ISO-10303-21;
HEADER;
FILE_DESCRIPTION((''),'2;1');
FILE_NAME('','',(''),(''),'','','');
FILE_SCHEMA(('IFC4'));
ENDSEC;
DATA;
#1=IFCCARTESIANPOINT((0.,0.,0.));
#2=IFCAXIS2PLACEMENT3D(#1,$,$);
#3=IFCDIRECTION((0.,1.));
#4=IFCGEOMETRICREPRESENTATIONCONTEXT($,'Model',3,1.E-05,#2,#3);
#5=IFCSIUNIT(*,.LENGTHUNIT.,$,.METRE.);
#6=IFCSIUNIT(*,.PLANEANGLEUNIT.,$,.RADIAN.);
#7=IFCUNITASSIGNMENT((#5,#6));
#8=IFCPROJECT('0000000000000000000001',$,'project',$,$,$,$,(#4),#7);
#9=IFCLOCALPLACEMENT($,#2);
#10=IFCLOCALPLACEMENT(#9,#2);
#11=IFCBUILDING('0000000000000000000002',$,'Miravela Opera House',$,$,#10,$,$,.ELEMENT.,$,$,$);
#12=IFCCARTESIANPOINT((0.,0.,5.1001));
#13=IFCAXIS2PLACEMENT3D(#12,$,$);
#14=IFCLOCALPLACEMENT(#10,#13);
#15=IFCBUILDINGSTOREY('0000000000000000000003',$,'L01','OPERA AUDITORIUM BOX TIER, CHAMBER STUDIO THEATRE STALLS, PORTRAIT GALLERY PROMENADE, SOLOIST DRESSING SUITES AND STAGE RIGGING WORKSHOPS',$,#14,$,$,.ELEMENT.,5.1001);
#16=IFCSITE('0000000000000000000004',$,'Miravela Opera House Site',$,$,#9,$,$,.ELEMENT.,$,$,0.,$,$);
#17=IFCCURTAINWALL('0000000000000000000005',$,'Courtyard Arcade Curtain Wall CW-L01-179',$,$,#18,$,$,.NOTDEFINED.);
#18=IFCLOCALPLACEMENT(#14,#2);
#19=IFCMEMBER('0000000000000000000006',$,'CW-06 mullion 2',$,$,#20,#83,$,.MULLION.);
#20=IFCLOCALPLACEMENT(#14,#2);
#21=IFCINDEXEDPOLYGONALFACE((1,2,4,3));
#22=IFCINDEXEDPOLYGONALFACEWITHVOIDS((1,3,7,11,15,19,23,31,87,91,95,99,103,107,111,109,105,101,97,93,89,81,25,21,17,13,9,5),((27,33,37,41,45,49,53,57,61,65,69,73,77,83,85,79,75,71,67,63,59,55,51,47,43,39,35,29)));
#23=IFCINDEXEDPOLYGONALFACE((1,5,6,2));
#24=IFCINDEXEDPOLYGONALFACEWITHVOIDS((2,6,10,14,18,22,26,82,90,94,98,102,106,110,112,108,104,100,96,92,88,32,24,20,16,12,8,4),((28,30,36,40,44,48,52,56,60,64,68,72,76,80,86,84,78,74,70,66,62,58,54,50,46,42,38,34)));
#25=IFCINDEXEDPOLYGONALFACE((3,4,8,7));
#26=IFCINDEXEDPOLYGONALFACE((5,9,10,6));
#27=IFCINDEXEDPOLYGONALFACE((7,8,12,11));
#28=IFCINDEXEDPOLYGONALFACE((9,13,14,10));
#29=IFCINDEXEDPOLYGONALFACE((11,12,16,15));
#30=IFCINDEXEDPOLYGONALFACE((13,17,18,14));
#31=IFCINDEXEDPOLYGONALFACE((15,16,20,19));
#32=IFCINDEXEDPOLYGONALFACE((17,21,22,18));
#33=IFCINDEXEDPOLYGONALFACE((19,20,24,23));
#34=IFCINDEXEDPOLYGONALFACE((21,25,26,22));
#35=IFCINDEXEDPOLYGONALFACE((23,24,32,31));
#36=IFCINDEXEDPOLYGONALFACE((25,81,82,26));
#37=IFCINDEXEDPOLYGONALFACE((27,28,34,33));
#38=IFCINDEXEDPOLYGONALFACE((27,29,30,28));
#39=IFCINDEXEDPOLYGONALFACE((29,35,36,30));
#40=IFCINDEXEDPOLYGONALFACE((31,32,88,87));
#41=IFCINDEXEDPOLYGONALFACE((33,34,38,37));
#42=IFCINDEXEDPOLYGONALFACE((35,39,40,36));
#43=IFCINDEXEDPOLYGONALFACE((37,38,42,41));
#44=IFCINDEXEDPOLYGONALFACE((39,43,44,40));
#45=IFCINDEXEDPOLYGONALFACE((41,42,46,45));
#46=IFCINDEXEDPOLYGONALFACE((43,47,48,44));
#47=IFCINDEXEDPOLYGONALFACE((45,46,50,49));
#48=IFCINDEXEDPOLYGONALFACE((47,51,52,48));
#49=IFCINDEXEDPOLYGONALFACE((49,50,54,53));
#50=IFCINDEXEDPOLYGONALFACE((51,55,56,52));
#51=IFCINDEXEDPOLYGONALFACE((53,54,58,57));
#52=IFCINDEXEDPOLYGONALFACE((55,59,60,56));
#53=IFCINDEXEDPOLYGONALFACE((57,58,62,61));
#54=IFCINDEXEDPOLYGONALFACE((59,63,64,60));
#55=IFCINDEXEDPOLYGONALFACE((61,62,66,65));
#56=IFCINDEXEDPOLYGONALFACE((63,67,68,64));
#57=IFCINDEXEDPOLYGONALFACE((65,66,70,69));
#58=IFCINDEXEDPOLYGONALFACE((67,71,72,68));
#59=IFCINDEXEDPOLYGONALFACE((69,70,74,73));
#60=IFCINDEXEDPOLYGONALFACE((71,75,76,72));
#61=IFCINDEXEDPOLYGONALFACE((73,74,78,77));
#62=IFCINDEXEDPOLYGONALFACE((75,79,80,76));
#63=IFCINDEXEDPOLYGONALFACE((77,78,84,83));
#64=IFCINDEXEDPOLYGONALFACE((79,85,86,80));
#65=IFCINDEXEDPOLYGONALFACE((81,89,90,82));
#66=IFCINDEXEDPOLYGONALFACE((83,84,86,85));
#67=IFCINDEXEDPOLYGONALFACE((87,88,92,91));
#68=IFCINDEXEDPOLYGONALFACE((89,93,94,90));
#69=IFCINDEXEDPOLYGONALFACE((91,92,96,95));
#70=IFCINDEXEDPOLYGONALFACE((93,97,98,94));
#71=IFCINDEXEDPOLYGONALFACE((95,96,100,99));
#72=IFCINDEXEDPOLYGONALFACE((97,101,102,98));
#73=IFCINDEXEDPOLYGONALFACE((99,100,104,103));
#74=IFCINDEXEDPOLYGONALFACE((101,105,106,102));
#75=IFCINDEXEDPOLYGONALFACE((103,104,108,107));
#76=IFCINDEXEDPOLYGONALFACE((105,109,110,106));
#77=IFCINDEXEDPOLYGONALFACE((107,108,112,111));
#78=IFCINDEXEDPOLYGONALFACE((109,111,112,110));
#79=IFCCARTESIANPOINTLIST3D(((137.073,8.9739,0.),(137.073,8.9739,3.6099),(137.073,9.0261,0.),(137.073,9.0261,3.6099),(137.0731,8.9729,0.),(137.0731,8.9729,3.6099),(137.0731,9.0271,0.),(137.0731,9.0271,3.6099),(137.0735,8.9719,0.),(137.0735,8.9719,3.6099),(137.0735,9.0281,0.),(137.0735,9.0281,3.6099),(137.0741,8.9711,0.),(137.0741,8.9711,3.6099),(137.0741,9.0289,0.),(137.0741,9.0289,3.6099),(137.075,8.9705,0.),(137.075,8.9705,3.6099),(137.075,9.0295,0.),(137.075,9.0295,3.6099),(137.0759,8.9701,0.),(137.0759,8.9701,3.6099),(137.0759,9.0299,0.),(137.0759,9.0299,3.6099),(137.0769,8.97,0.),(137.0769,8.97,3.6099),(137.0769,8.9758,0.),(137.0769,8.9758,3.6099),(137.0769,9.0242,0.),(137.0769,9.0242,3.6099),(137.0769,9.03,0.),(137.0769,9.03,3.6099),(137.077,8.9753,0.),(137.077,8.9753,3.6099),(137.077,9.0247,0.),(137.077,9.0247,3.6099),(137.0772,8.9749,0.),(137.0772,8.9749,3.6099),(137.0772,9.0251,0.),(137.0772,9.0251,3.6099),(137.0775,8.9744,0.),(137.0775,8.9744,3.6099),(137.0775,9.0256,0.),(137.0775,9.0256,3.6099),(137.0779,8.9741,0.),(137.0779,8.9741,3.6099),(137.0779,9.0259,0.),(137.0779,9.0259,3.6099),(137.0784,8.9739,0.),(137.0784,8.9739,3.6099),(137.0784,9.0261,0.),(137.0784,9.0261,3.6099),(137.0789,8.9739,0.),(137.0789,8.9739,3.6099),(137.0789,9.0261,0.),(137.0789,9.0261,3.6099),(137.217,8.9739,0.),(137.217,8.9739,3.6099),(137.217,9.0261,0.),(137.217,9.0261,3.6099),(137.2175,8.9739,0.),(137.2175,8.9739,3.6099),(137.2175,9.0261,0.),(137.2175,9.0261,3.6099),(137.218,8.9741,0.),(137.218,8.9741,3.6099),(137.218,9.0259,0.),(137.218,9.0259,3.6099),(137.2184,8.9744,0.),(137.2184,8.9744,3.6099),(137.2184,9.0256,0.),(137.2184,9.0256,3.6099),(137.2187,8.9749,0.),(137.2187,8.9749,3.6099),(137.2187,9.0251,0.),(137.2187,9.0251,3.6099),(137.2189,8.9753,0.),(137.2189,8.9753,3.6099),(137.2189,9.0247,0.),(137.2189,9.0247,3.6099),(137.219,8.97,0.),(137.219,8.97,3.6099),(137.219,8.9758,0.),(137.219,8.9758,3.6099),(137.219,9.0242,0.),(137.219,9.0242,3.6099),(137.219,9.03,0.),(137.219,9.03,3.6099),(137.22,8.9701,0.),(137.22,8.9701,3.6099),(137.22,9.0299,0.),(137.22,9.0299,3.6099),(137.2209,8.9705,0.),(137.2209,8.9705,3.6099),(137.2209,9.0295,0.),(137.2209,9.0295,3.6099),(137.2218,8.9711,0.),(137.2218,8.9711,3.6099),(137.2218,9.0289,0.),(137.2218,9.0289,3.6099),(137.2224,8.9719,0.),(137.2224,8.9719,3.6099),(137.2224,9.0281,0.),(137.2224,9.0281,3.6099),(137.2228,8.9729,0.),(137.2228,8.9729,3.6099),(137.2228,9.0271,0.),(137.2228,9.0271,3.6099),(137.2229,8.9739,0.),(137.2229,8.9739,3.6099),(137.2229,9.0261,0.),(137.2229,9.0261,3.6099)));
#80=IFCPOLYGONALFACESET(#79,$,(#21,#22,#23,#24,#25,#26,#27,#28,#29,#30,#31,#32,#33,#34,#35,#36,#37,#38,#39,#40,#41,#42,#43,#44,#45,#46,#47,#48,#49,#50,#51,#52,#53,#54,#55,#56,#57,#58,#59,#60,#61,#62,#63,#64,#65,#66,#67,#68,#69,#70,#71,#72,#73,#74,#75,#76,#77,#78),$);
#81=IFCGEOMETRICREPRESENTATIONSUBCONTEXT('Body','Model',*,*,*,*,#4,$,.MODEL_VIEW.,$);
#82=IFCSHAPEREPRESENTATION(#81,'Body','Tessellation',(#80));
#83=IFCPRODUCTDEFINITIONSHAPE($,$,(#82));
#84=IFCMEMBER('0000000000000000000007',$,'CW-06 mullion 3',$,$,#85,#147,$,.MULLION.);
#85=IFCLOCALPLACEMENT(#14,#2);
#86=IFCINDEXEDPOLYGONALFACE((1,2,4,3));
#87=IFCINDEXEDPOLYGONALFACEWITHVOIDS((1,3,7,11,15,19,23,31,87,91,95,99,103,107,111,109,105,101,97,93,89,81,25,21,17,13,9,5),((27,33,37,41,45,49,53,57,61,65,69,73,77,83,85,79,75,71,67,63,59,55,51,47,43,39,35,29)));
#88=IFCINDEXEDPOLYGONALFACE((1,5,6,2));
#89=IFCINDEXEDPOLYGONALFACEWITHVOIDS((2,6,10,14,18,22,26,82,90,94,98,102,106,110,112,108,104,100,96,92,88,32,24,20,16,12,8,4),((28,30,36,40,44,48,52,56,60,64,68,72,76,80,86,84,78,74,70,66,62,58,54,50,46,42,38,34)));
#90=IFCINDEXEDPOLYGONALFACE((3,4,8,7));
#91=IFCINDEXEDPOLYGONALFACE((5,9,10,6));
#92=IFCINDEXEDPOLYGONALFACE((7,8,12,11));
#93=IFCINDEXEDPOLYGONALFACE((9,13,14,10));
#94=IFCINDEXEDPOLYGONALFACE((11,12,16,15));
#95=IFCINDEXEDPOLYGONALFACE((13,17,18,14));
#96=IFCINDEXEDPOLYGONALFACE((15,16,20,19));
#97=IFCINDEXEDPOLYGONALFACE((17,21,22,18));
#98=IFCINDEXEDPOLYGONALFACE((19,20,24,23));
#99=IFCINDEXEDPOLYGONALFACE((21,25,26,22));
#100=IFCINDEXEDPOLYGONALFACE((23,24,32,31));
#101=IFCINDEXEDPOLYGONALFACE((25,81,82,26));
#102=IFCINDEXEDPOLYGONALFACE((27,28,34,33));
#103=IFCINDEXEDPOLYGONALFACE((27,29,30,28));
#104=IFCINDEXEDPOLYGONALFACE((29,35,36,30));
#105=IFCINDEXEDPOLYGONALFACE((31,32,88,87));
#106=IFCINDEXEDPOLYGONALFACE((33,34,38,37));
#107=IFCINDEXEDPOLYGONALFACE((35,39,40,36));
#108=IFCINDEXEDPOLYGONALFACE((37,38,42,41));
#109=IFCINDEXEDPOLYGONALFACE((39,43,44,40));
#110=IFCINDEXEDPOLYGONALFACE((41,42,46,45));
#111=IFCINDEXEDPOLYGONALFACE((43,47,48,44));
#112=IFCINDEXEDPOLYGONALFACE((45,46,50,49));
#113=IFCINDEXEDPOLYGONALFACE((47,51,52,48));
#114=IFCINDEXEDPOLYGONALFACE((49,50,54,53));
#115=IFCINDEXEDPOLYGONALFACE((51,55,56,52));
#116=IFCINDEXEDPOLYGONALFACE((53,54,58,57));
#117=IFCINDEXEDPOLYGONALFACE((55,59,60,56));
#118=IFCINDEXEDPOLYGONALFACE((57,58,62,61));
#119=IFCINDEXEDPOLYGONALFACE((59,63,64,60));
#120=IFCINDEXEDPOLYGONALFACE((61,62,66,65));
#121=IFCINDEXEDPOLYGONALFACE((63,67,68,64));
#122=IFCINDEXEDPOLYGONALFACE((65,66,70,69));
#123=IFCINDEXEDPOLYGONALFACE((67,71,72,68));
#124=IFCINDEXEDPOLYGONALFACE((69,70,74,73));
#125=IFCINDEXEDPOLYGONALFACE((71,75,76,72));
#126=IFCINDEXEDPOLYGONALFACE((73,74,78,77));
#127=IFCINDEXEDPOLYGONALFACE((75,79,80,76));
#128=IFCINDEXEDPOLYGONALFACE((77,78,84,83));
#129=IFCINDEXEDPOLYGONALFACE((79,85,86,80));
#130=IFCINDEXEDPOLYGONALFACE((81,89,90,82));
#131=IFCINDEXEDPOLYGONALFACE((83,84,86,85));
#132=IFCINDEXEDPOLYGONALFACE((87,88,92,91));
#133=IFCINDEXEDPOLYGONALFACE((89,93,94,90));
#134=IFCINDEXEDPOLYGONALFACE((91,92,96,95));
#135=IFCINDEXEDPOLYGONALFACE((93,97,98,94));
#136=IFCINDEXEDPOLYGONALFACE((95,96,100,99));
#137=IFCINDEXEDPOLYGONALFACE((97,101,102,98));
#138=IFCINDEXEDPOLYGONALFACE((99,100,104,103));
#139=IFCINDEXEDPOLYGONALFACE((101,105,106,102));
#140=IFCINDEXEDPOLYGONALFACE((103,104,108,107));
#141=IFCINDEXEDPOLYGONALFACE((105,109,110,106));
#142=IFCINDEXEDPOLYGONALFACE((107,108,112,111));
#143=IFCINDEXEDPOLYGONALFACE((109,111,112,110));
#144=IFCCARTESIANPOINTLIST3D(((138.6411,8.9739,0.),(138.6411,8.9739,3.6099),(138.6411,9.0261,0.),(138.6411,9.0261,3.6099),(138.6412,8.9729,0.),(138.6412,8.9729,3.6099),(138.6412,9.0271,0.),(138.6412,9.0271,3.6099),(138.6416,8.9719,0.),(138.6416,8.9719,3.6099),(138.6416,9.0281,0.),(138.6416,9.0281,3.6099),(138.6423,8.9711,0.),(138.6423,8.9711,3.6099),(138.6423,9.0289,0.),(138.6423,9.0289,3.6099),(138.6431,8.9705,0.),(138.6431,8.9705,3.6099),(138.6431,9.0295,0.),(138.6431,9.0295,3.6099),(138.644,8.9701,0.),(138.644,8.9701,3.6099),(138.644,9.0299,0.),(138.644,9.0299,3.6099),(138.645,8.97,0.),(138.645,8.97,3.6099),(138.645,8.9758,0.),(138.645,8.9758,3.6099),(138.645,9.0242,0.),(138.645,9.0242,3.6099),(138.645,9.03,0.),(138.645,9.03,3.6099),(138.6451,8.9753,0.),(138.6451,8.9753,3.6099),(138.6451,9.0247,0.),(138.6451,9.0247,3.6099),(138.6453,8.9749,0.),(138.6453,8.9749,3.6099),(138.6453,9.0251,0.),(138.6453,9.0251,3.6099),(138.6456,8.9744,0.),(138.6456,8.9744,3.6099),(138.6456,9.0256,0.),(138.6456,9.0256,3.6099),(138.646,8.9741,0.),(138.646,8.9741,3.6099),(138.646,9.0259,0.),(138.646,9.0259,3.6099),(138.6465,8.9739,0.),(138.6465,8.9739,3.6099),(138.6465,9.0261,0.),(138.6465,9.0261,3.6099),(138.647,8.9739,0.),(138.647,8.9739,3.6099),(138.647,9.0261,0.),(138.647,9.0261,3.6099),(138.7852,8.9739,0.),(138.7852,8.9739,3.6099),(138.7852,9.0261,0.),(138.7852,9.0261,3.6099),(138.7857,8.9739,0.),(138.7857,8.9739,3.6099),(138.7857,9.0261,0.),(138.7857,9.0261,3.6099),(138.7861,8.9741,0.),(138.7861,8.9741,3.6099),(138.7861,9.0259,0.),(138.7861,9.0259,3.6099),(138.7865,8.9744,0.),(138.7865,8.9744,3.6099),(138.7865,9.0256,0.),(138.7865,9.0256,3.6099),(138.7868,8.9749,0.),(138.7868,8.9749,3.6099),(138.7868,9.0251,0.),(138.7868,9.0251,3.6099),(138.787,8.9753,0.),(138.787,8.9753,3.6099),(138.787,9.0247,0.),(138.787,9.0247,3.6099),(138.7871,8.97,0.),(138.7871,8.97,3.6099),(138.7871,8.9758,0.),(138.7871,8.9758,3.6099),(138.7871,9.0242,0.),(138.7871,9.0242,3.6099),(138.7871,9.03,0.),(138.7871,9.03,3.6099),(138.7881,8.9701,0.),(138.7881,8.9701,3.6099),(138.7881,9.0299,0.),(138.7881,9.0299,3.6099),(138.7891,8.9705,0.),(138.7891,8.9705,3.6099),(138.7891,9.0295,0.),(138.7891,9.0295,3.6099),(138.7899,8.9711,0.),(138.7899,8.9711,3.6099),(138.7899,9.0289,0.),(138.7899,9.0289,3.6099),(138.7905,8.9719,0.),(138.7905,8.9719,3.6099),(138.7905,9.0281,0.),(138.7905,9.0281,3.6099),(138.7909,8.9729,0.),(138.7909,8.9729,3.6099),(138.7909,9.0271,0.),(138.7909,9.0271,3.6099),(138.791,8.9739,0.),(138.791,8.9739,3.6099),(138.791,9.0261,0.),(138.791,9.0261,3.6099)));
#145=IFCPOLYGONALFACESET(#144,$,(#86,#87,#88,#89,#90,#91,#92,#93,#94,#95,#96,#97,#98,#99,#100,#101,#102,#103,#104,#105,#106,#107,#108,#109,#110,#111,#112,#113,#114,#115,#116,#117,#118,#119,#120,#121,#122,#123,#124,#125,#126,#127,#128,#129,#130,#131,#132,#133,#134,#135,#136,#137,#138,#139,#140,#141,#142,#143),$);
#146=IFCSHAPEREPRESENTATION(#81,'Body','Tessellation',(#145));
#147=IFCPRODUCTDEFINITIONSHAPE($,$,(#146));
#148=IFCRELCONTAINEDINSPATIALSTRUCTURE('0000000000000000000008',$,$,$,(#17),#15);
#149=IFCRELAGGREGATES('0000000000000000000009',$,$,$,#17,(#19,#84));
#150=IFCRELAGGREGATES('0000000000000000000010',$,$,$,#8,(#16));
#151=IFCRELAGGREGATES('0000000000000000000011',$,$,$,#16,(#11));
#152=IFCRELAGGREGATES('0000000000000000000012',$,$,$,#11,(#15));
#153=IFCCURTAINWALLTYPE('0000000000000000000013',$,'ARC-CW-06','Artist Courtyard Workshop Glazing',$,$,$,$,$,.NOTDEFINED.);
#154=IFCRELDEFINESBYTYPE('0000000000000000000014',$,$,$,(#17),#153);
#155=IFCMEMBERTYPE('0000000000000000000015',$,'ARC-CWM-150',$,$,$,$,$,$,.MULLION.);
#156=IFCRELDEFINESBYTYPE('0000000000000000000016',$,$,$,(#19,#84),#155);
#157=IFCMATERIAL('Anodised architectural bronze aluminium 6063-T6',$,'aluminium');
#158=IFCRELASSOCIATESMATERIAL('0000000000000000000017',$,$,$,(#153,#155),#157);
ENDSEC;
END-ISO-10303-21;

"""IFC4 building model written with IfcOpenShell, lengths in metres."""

from ifc_helpers import new_model, si_unit, direction, frame, origin, origin_2d, place, context, subcontext, project, spatial, hollow_rectangle, extrude, material, material_profile, profile_set, type_object, element, aggregate, save


model = new_model("IFC4")

# Units and contexts
model_context = context("Model", 3, precision=1e-05, world=origin(), true_north=direction((0.0, 1.0)))
body_context = subcontext(model_context, "Body", "Model", "MODEL_VIEW")
ifc_project = project(units=[si_unit("LENGTHUNIT", "METRE"), si_unit("PLANEANGLEUNIT", "RADIAN")], contexts=[model_context])

# Site, building, storey
site_placement = place(None, origin())
site = spatial("IfcSite", under=ifc_project, at=site_placement, Name="Miravela Opera House Site", CompositionType="ELEMENT", RefElevation=0.0)
building_placement = place(site_placement, origin())
building = spatial("IfcBuilding", under=site, at=building_placement, Name="Miravela Opera House", CompositionType="ELEMENT")
storey_placement = place(building_placement, frame((0.0, 0.0, 5.1001)))
storey = spatial("IfcBuildingStorey", under=building, at=storey_placement, Name="L01", Description="OPERA AUDITORIUM BOX TIER, CHAMBER STUDIO THEATRE STALLS, PORTRAIT GALLERY PROMENADE, SOLOIST DRESSING SUITES AND STAGE RIGGING WORKSHOPS", CompositionType="ELEMENT", Elevation=5.1001)

# Curtain wall, members
ifc_material_1 = material(Name="Anodised architectural bronze aluminium 6063-T6", Category="aluminium")
curtain_wall_type = type_object("IfcCurtainWallType", Name="ARC-CW-06", Description="Artist Courtyard Workshop Glazing", PredefinedType="NOTDEFINED", material=ifc_material_1)
curtain_wall_placement = place(storey_placement, origin())
curtain_wall = element("IfcCurtainWall", 1, at=curtain_wall_placement, inside=storey, type_object=curtain_wall_type, Name="Courtyard Arcade Curtain Wall CW-L01-179", PredefinedType="NOTDEFINED")
ifc_material_profile_1 = material_profile(ifc_material_1, hollow_rectangle(XDim=0.0601, YDim=0.1499, WallThickness=0.0039, InnerFilletRadius=0.002, OuterFilletRadius=0.0039, at=origin_2d()), Name="CWM-60X150")
ifc_profile_set_1 = profile_set([ifc_material_profile_1])
member_type_1 = type_object("IfcMemberType", Name="ARC-CWM-150", PredefinedType="MULLION", material=ifc_profile_set_1)
member_1_placement = place(storey_placement, frame((137.1479, 9.0, 0.0), z_axis=(0.0, 0.0, 1.0), x_axis=(0.0, 1.0, 0.0)))
member_1 = element("IfcMember", 2, at=member_1_placement, type_object=member_type_1, Name="CW-06 mullion 2", PredefinedType="MULLION", context=body_context, shape_type="SweptSolid", body=[
    extrude(hollow_rectangle(XDim=0.0601, YDim=0.1499, WallThickness=0.0039, InnerFilletRadius=0.002, OuterFilletRadius=0.0039, at=origin_2d()), origin(), (0.0, 0.0, 1.0), 3.6099),
])
member_2_placement = place(storey_placement, frame((138.7161, 9.0, 0.0), z_axis=(0.0, 0.0, 1.0), x_axis=(0.0, 1.0, 0.0)))
member_2 = element("IfcMember", 3, at=member_2_placement, type_object=member_type_1, Name="CW-06 mullion 3", PredefinedType="MULLION", context=body_context, shape_type="SweptSolid", body=[
    extrude(hollow_rectangle(XDim=0.0601, YDim=0.1499, WallThickness=0.0039, InnerFilletRadius=0.002, OuterFilletRadius=0.0039, at=origin_2d()), origin(), (0.0, 0.0, 1.0), 3.6099),
])
aggregate(curtain_wall, [member_1, member_2])

save(model, "model.ifc")
